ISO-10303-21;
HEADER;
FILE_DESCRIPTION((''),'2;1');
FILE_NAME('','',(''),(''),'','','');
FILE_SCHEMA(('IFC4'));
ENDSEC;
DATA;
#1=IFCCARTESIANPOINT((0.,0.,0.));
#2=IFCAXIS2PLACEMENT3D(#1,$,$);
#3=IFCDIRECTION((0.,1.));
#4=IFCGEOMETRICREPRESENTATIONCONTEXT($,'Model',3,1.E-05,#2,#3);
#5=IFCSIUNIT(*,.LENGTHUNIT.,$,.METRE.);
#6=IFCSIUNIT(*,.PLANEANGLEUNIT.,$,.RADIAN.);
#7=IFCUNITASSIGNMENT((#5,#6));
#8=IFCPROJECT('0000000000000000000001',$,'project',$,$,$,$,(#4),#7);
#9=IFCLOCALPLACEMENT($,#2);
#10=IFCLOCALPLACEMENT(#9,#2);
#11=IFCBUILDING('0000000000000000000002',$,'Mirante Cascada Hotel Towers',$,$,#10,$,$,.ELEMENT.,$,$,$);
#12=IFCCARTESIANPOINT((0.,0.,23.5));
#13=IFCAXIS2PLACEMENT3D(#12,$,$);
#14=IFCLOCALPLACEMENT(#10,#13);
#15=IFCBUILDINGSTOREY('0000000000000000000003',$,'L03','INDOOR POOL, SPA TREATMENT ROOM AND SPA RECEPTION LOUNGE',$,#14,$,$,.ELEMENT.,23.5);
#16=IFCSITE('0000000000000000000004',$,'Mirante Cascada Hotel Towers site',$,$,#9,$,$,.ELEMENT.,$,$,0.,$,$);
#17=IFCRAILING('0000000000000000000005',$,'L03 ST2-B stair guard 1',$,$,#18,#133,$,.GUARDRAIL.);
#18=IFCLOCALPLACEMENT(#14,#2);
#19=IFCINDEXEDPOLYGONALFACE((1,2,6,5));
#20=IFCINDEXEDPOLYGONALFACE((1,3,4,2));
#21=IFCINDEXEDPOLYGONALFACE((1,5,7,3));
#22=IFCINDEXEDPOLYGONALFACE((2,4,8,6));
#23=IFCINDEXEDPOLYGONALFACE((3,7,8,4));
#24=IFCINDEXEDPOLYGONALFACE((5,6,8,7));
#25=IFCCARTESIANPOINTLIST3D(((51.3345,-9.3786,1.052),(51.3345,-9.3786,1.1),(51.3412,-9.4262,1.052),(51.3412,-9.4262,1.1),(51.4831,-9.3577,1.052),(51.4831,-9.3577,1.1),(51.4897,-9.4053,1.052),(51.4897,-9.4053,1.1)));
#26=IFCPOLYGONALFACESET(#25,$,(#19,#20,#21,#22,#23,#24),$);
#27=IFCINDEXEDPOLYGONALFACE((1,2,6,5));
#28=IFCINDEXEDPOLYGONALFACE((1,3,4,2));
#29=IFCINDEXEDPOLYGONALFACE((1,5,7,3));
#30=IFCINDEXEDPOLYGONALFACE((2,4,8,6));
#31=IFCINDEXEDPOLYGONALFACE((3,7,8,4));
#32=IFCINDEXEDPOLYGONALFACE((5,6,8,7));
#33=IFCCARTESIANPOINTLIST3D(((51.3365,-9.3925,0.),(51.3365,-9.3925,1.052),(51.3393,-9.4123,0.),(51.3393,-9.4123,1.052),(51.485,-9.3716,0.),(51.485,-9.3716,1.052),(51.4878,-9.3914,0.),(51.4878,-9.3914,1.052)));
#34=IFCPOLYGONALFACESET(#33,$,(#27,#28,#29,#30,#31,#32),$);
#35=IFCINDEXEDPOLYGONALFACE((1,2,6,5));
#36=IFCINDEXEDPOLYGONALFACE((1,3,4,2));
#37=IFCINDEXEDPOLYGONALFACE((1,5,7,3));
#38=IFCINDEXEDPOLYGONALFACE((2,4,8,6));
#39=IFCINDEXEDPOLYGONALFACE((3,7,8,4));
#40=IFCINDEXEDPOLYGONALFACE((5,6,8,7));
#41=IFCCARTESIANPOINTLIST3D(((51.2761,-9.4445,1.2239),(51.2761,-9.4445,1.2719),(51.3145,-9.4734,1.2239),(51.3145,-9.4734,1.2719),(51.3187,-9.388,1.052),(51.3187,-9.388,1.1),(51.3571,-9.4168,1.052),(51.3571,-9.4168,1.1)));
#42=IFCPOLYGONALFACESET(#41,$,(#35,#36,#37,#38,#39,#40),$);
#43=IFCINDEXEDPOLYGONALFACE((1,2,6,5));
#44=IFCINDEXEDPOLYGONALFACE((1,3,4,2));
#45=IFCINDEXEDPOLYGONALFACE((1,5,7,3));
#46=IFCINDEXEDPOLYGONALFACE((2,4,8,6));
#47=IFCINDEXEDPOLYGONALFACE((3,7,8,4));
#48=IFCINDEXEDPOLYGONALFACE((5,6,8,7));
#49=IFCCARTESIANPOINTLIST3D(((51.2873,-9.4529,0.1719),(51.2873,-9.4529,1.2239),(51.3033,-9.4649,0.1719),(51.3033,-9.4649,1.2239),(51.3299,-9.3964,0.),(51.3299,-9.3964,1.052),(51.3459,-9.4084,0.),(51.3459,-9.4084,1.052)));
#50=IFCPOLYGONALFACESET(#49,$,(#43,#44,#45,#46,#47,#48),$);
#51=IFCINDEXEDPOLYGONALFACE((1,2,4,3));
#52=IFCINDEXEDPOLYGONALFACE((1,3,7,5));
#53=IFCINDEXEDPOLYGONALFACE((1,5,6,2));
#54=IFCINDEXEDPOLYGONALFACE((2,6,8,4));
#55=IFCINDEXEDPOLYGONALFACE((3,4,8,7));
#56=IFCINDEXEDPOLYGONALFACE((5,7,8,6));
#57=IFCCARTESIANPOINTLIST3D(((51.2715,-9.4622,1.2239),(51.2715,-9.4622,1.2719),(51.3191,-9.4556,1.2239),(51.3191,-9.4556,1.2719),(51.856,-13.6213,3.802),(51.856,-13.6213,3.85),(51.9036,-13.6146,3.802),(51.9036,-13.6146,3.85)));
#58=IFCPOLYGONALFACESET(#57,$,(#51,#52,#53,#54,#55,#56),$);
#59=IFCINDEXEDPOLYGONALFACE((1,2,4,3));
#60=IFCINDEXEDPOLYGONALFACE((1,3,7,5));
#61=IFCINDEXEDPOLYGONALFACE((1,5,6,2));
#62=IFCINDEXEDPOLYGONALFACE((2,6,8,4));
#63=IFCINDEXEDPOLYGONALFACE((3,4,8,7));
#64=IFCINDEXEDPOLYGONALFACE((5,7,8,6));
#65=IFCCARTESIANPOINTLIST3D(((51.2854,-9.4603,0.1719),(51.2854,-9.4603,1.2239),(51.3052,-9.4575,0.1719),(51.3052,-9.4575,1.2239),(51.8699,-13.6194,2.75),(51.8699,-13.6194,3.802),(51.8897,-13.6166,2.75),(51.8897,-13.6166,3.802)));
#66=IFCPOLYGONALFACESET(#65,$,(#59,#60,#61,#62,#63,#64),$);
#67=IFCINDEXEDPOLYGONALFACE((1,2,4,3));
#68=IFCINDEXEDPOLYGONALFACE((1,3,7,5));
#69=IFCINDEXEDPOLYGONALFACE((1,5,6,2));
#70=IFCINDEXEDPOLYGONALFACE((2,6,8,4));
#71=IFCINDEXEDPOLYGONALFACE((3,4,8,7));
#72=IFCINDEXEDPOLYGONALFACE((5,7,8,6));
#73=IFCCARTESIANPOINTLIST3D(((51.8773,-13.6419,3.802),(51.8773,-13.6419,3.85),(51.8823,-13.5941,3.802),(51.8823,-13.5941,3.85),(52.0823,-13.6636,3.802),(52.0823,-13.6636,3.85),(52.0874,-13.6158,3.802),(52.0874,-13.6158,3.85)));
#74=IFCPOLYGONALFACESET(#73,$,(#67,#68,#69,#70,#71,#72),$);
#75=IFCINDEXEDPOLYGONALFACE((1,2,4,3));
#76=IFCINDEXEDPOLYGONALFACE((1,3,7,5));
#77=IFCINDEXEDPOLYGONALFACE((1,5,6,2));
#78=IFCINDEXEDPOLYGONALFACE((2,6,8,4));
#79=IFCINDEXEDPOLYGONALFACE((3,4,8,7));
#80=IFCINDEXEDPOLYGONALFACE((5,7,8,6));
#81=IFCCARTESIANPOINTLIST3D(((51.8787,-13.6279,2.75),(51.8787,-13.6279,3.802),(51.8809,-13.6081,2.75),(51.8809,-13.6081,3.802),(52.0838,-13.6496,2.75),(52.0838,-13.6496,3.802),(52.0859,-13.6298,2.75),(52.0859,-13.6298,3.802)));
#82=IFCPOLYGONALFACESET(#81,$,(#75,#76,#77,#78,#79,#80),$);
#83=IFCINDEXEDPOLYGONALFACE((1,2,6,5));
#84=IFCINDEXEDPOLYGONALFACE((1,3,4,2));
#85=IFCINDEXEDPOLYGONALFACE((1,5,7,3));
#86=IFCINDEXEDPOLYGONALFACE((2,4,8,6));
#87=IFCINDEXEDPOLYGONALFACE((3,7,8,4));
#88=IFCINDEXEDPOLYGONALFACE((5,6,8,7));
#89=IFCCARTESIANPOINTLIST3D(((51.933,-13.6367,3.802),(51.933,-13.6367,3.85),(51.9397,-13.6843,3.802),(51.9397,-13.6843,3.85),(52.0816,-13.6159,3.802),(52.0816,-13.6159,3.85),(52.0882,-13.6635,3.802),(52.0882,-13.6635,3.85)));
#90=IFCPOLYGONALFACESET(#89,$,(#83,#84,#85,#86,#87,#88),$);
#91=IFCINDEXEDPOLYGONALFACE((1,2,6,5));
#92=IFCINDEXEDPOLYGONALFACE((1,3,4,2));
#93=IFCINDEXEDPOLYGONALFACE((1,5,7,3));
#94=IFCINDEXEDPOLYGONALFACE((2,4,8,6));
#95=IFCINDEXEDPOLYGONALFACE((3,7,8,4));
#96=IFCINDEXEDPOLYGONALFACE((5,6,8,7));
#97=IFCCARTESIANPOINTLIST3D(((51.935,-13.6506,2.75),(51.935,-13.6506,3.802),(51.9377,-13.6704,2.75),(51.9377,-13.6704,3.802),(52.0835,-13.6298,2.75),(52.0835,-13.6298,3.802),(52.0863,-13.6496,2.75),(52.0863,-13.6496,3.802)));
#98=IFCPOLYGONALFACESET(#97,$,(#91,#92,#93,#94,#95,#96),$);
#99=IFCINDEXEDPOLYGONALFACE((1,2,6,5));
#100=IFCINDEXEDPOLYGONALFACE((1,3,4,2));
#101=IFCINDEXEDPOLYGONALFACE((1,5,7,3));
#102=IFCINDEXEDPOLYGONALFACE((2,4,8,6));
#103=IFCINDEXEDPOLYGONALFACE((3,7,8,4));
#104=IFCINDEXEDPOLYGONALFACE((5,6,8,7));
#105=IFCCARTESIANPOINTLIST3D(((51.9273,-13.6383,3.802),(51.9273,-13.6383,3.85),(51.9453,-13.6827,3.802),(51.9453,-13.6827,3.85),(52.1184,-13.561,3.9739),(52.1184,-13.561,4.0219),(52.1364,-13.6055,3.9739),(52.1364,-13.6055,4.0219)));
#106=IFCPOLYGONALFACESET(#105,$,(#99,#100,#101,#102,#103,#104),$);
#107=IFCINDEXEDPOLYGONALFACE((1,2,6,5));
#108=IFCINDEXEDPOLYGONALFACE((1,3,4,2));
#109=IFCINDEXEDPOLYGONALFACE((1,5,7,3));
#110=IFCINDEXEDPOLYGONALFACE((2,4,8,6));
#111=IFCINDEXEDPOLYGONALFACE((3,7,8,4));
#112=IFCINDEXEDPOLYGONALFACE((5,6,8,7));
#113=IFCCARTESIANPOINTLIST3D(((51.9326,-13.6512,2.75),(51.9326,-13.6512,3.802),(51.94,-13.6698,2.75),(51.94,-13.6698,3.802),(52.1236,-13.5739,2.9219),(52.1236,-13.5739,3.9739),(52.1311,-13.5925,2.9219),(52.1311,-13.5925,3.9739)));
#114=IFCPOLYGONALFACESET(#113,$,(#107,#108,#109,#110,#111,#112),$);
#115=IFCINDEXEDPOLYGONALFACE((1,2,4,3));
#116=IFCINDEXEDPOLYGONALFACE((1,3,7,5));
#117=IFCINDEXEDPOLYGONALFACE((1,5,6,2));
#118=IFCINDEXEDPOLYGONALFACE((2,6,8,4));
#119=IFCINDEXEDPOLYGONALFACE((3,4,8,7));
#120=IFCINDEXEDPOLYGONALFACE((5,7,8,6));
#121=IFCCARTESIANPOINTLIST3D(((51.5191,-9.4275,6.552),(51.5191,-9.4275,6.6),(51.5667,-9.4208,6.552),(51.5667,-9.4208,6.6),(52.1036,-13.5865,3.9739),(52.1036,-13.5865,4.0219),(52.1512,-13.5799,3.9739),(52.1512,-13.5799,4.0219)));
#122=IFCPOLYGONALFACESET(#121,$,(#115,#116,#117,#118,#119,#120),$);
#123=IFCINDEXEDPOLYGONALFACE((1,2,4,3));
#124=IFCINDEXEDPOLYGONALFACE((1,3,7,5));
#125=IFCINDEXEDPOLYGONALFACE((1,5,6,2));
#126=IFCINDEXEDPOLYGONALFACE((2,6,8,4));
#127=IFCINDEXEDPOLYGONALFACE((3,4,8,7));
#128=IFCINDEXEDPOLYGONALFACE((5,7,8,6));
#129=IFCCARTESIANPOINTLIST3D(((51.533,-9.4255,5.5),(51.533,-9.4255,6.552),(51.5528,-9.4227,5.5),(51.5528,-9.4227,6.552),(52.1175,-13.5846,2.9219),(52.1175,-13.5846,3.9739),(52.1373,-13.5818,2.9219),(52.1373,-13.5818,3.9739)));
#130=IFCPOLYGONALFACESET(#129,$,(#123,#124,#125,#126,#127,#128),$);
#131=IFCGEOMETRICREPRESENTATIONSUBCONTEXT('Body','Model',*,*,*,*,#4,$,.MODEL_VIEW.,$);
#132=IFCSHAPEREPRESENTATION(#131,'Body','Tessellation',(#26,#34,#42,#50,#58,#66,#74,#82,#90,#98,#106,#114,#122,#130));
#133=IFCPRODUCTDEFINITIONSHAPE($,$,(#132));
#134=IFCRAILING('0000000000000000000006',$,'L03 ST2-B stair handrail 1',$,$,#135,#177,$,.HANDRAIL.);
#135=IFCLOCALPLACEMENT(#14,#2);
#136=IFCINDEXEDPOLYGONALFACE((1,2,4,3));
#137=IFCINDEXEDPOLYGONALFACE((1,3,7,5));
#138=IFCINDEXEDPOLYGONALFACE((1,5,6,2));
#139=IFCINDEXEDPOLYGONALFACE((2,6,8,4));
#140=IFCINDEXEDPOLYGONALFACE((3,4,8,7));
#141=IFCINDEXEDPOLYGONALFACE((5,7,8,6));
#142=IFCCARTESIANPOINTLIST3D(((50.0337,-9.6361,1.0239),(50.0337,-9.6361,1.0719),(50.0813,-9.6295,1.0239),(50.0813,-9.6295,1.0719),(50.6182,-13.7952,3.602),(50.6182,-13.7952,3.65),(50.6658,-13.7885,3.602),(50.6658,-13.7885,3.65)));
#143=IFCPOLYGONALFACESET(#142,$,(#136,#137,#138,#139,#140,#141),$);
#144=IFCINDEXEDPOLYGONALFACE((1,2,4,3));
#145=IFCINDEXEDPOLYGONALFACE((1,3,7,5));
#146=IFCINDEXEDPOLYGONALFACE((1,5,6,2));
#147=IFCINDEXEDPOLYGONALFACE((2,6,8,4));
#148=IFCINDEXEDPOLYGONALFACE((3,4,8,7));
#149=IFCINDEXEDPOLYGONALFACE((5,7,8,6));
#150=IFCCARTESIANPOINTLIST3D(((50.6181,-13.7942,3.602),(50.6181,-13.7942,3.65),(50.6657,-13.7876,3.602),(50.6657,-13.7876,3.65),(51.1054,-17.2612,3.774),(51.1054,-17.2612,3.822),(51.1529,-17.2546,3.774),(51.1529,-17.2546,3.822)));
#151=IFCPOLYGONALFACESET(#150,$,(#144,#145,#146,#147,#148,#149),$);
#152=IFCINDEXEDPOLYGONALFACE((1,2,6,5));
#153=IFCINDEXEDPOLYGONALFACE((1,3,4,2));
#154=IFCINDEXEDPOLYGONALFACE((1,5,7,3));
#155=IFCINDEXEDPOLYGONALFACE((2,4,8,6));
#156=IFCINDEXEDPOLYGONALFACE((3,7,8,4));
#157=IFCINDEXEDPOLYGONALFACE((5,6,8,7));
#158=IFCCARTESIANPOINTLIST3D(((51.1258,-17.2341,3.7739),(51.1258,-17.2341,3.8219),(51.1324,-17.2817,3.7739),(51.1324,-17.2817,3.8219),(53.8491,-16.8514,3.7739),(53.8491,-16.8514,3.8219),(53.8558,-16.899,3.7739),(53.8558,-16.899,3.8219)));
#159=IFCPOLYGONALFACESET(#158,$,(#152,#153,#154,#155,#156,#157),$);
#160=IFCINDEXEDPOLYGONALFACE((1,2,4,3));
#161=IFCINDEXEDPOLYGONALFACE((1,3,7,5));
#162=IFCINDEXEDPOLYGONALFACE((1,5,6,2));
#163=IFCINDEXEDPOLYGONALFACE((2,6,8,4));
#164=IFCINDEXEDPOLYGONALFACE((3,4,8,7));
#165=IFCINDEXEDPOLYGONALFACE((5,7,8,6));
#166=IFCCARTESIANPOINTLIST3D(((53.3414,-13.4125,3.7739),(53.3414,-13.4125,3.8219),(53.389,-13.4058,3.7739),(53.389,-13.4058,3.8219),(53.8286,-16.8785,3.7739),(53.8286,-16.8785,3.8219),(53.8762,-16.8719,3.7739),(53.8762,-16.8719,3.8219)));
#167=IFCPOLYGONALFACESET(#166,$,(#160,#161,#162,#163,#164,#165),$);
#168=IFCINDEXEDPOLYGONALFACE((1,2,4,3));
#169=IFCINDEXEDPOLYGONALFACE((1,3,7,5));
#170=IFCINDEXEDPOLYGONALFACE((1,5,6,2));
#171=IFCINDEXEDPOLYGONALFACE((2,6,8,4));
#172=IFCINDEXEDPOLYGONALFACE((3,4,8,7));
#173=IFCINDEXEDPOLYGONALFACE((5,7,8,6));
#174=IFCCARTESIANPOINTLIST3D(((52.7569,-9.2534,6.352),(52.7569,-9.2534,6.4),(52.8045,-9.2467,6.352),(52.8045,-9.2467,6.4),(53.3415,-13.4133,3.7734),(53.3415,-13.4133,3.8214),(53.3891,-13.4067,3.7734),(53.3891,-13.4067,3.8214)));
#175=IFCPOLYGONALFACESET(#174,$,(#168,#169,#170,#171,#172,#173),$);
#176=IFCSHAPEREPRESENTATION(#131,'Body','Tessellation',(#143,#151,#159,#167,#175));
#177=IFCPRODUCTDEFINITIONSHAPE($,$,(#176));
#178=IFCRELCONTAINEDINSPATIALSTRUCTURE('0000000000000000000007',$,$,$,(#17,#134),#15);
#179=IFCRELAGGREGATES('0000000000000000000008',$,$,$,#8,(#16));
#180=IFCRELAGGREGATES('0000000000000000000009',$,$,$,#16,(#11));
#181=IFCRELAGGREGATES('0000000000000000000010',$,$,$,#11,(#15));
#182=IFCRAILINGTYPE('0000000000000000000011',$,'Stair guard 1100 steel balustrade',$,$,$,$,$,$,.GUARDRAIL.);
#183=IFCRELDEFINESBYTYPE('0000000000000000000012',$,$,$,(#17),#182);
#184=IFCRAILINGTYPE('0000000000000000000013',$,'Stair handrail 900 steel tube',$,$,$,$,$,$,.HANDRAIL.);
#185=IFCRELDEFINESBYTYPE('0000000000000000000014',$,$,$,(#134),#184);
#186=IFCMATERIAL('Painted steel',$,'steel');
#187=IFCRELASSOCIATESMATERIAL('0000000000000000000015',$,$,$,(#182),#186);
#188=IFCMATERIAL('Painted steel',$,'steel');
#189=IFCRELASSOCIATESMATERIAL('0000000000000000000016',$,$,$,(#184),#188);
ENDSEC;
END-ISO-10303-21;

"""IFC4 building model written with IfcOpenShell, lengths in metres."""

from ifc_helpers import new_model, si_unit, direction, frame, origin, origin_2d, place, context, subcontext, project, spatial, rectangle, extrude, material, type_object, element, save


model = new_model("IFC4")

# Units and contexts
model_context = context("Model", 3, precision=1e-05, world=origin(), true_north=direction((0.0, 1.0)))
body_context = subcontext(model_context, "Body", "Model", "MODEL_VIEW")
ifc_project = project(units=[si_unit("LENGTHUNIT", "METRE"), si_unit("PLANEANGLEUNIT", "RADIAN")], contexts=[model_context])

# Site, building, storey
site_placement = place(None, origin())
site = spatial("IfcSite", under=ifc_project, at=site_placement, Name="Mirante Cascada Hotel Towers site", CompositionType="ELEMENT", RefElevation=0.0)
building_placement = place(site_placement, origin())
building = spatial("IfcBuilding", under=site, at=building_placement, Name="Mirante Cascada Hotel Towers", CompositionType="ELEMENT")
storey_placement = place(building_placement, frame((0.0, 0.0, 23.5)))
storey = spatial("IfcBuildingStorey", under=building, at=storey_placement, Name="L03", Description="INDOOR POOL, SPA TREATMENT ROOM AND SPA RECEPTION LOUNGE", CompositionType="ELEMENT", Elevation=23.5)

# Railings
ifc_material_1 = material(Name="Painted steel", Category="steel")
railing_type_1 = type_object("IfcRailingType", Name="Stair guard 1100 steel balustrade", PredefinedType="GUARDRAIL", material=ifc_material_1)
railing_1_placement = place(storey_placement, frame((51.4864, -9.3815, 0.0)))
element("IfcRailing", 1, at=railing_1_placement, inside=storey, type_object=railing_type_1, Name="L03 ST2-B stair guard 1", PredefinedType="GUARDRAIL", context=body_context, shape_type="SweptSolid", body=[
    extrude(rectangle(XDim=0.048, YDim=0.048, at=origin_2d()), frame((0.0, 0.0, 1.076), z_axis=(-0.990241, -0.139367, 0.0), x_axis=(0.139367, -0.990241, 0.0)), (0.0, 0.0, 1.0), 0.15),
    extrude(rectangle(XDim=0.02, YDim=1.052, at=origin_2d()), frame((0.0, 0.0, 0.526), z_axis=(-0.990241, -0.139367, 0.0), x_axis=(0.139367, -0.990241, 0.0)), (0.0, 0.0, 1.0), 0.15),
    extrude(rectangle(XDim=0.048, YDim=0.048, at=origin_2d()), frame((-0.1485, -0.0209, 1.076), z_axis=(-0.602033, -0.798471, 0.0), x_axis=(0.798471, -0.602033, 0.0)), (0.0, 0.92472, 0.380648), 0.1859),
    extrude(rectangle(XDim=0.02, YDim=1.052, at=origin_2d()), frame((-0.1485, -0.0209, 0.526), z_axis=(-0.602033, -0.798471, 0.0), x_axis=(0.798471, -0.602033, 0.0)), (0.0, 0.92472, 0.380648), 0.1859),
    extrude(rectangle(XDim=0.048, YDim=0.048, at=origin_2d()), frame((-0.1911, -0.0774, 1.2479), z_axis=(0.139168, -0.990269, 0.0), x_axis=(0.990269, 0.139168, 0.0)), (0.0, 0.523141, 0.852246), 4.9281),
    extrude(rectangle(XDim=0.02, YDim=1.052, at=origin_2d()), frame((-0.1911, -0.0774, 0.6979), z_axis=(0.139168, -0.990269, 0.0), x_axis=(0.990269, 0.139168, 0.0)), (0.0, 0.523141, 0.852246), 4.9281),
    extrude(rectangle(XDim=0.048, YDim=0.048, at=origin_2d()), frame((0.3934, -4.2365, 3.826), z_axis=(0.994449, -0.105215, 0.0), x_axis=(0.105215, 0.994449, 0.0)), (0.0, 0.0, 1.0), 0.2062),
    extrude(rectangle(XDim=0.02, YDim=1.052, at=origin_2d()), frame((0.3934, -4.2365, 3.276), z_axis=(0.994449, -0.105215, 0.0), x_axis=(0.105215, 0.994449, 0.0)), (0.0, 0.0, 1.0), 0.2062),
    extrude(rectangle(XDim=0.048, YDim=0.048, at=origin_2d()), frame((0.5985, -4.2582, 3.826), z_axis=(-0.990345, -0.138622, 0.0), x_axis=(0.138622, -0.990345, 0.0)), (0.0, 0.0, 1.0), 0.15),
    extrude(rectangle(XDim=0.02, YDim=1.052, at=origin_2d()), frame((0.5985, -4.2582, 3.276), z_axis=(-0.990345, -0.138622, 0.0), x_axis=(0.138622, -0.990345, 0.0)), (0.0, 0.0, 1.0), 0.15),
    extrude(rectangle(XDim=0.048, YDim=0.048, at=origin_2d()), frame((0.4499, -4.279, 3.826), z_axis=(0.927031, 0.374984, 0.0), x_axis=(-0.374984, 0.927031, 0.0)), (0.0, 0.640437, 0.76801), 0.2684),
    extrude(rectangle(XDim=0.02, YDim=1.052, at=origin_2d()), frame((0.4499, -4.279, 3.276), z_axis=(0.927031, 0.374984, 0.0), x_axis=(-0.374984, 0.927031, 0.0)), (0.0, 0.640437, 0.76801), 0.2684),
    extrude(rectangle(XDim=0.048, YDim=0.048, at=origin_2d()), frame((0.641, -4.2017, 3.9979), z_axis=(-0.139168, 0.990269, 0.0), x_axis=(-0.990269, -0.139168, 0.0)), (0.0, 0.523141, 0.852246), 4.9281),
    extrude(rectangle(XDim=0.02, YDim=1.052, at=origin_2d()), frame((0.641, -4.2017, 3.4479), z_axis=(-0.139168, 0.990269, 0.0), x_axis=(-0.990269, -0.139168, 0.0)), (0.0, 0.523141, 0.852246), 4.9281),
])
ifc_material_2 = material(Name="Painted steel", Category="steel")
railing_type_2 = type_object("IfcRailingType", Name="Stair handrail 900 steel tube", PredefinedType="HANDRAIL", material=ifc_material_2)
railing_2_placement = place(storey_placement, frame((50.0575, -9.6328, 0.1719)))
element("IfcRailing", 2, at=railing_2_placement, inside=storey, type_object=railing_type_2, Name="L03 ST2-B stair handrail 1", PredefinedType="HANDRAIL", context=body_context, shape_type="SweptSolid", body=[
    extrude(rectangle(XDim=0.048, YDim=0.048, at=origin_2d()), frame((0.0, 0.0, 0.876), z_axis=(0.139168, -0.990269, 0.0), x_axis=(0.990269, 0.139168, 0.0)), (0.0, 0.523141, 0.852246), 4.9281),
    extrude(rectangle(XDim=0.048, YDim=0.048, at=origin_2d()), frame((0.5844, -4.1581, 3.4541), z_axis=(0.139169, -0.990269, 0.0), x_axis=(0.990269, 0.139169, 0.0)), (0.0, 0.049054, 0.998796), 3.5053),
    extrude(rectangle(XDim=0.048, YDim=0.048, at=origin_2d()), frame((1.0716, -7.6251, 3.626), z_axis=(0.99027, 0.139161, 0.0), x_axis=(-0.139161, 0.99027, 0.0)), (0.0, 0.0, 1.0), 2.7501),
    extrude(rectangle(XDim=0.048, YDim=0.048, at=origin_2d()), frame((3.7949, -7.2424, 3.626), z_axis=(-0.139197, 0.990265, 0.0), x_axis=(-0.990265, -0.139197, 0.0)), (0.0, 0.0, 1.0), 3.5001),
    extrude(rectangle(XDim=0.048, YDim=0.048, at=origin_2d()), frame((3.3078, -3.7772, 3.6255), z_axis=(-0.139168, 0.990269, 0.0), x_axis=(-0.990269, -0.139168, 0.0)), (0.0, 0.523141, 0.852246), 4.9291),
])

save(model, "model.ifc")
